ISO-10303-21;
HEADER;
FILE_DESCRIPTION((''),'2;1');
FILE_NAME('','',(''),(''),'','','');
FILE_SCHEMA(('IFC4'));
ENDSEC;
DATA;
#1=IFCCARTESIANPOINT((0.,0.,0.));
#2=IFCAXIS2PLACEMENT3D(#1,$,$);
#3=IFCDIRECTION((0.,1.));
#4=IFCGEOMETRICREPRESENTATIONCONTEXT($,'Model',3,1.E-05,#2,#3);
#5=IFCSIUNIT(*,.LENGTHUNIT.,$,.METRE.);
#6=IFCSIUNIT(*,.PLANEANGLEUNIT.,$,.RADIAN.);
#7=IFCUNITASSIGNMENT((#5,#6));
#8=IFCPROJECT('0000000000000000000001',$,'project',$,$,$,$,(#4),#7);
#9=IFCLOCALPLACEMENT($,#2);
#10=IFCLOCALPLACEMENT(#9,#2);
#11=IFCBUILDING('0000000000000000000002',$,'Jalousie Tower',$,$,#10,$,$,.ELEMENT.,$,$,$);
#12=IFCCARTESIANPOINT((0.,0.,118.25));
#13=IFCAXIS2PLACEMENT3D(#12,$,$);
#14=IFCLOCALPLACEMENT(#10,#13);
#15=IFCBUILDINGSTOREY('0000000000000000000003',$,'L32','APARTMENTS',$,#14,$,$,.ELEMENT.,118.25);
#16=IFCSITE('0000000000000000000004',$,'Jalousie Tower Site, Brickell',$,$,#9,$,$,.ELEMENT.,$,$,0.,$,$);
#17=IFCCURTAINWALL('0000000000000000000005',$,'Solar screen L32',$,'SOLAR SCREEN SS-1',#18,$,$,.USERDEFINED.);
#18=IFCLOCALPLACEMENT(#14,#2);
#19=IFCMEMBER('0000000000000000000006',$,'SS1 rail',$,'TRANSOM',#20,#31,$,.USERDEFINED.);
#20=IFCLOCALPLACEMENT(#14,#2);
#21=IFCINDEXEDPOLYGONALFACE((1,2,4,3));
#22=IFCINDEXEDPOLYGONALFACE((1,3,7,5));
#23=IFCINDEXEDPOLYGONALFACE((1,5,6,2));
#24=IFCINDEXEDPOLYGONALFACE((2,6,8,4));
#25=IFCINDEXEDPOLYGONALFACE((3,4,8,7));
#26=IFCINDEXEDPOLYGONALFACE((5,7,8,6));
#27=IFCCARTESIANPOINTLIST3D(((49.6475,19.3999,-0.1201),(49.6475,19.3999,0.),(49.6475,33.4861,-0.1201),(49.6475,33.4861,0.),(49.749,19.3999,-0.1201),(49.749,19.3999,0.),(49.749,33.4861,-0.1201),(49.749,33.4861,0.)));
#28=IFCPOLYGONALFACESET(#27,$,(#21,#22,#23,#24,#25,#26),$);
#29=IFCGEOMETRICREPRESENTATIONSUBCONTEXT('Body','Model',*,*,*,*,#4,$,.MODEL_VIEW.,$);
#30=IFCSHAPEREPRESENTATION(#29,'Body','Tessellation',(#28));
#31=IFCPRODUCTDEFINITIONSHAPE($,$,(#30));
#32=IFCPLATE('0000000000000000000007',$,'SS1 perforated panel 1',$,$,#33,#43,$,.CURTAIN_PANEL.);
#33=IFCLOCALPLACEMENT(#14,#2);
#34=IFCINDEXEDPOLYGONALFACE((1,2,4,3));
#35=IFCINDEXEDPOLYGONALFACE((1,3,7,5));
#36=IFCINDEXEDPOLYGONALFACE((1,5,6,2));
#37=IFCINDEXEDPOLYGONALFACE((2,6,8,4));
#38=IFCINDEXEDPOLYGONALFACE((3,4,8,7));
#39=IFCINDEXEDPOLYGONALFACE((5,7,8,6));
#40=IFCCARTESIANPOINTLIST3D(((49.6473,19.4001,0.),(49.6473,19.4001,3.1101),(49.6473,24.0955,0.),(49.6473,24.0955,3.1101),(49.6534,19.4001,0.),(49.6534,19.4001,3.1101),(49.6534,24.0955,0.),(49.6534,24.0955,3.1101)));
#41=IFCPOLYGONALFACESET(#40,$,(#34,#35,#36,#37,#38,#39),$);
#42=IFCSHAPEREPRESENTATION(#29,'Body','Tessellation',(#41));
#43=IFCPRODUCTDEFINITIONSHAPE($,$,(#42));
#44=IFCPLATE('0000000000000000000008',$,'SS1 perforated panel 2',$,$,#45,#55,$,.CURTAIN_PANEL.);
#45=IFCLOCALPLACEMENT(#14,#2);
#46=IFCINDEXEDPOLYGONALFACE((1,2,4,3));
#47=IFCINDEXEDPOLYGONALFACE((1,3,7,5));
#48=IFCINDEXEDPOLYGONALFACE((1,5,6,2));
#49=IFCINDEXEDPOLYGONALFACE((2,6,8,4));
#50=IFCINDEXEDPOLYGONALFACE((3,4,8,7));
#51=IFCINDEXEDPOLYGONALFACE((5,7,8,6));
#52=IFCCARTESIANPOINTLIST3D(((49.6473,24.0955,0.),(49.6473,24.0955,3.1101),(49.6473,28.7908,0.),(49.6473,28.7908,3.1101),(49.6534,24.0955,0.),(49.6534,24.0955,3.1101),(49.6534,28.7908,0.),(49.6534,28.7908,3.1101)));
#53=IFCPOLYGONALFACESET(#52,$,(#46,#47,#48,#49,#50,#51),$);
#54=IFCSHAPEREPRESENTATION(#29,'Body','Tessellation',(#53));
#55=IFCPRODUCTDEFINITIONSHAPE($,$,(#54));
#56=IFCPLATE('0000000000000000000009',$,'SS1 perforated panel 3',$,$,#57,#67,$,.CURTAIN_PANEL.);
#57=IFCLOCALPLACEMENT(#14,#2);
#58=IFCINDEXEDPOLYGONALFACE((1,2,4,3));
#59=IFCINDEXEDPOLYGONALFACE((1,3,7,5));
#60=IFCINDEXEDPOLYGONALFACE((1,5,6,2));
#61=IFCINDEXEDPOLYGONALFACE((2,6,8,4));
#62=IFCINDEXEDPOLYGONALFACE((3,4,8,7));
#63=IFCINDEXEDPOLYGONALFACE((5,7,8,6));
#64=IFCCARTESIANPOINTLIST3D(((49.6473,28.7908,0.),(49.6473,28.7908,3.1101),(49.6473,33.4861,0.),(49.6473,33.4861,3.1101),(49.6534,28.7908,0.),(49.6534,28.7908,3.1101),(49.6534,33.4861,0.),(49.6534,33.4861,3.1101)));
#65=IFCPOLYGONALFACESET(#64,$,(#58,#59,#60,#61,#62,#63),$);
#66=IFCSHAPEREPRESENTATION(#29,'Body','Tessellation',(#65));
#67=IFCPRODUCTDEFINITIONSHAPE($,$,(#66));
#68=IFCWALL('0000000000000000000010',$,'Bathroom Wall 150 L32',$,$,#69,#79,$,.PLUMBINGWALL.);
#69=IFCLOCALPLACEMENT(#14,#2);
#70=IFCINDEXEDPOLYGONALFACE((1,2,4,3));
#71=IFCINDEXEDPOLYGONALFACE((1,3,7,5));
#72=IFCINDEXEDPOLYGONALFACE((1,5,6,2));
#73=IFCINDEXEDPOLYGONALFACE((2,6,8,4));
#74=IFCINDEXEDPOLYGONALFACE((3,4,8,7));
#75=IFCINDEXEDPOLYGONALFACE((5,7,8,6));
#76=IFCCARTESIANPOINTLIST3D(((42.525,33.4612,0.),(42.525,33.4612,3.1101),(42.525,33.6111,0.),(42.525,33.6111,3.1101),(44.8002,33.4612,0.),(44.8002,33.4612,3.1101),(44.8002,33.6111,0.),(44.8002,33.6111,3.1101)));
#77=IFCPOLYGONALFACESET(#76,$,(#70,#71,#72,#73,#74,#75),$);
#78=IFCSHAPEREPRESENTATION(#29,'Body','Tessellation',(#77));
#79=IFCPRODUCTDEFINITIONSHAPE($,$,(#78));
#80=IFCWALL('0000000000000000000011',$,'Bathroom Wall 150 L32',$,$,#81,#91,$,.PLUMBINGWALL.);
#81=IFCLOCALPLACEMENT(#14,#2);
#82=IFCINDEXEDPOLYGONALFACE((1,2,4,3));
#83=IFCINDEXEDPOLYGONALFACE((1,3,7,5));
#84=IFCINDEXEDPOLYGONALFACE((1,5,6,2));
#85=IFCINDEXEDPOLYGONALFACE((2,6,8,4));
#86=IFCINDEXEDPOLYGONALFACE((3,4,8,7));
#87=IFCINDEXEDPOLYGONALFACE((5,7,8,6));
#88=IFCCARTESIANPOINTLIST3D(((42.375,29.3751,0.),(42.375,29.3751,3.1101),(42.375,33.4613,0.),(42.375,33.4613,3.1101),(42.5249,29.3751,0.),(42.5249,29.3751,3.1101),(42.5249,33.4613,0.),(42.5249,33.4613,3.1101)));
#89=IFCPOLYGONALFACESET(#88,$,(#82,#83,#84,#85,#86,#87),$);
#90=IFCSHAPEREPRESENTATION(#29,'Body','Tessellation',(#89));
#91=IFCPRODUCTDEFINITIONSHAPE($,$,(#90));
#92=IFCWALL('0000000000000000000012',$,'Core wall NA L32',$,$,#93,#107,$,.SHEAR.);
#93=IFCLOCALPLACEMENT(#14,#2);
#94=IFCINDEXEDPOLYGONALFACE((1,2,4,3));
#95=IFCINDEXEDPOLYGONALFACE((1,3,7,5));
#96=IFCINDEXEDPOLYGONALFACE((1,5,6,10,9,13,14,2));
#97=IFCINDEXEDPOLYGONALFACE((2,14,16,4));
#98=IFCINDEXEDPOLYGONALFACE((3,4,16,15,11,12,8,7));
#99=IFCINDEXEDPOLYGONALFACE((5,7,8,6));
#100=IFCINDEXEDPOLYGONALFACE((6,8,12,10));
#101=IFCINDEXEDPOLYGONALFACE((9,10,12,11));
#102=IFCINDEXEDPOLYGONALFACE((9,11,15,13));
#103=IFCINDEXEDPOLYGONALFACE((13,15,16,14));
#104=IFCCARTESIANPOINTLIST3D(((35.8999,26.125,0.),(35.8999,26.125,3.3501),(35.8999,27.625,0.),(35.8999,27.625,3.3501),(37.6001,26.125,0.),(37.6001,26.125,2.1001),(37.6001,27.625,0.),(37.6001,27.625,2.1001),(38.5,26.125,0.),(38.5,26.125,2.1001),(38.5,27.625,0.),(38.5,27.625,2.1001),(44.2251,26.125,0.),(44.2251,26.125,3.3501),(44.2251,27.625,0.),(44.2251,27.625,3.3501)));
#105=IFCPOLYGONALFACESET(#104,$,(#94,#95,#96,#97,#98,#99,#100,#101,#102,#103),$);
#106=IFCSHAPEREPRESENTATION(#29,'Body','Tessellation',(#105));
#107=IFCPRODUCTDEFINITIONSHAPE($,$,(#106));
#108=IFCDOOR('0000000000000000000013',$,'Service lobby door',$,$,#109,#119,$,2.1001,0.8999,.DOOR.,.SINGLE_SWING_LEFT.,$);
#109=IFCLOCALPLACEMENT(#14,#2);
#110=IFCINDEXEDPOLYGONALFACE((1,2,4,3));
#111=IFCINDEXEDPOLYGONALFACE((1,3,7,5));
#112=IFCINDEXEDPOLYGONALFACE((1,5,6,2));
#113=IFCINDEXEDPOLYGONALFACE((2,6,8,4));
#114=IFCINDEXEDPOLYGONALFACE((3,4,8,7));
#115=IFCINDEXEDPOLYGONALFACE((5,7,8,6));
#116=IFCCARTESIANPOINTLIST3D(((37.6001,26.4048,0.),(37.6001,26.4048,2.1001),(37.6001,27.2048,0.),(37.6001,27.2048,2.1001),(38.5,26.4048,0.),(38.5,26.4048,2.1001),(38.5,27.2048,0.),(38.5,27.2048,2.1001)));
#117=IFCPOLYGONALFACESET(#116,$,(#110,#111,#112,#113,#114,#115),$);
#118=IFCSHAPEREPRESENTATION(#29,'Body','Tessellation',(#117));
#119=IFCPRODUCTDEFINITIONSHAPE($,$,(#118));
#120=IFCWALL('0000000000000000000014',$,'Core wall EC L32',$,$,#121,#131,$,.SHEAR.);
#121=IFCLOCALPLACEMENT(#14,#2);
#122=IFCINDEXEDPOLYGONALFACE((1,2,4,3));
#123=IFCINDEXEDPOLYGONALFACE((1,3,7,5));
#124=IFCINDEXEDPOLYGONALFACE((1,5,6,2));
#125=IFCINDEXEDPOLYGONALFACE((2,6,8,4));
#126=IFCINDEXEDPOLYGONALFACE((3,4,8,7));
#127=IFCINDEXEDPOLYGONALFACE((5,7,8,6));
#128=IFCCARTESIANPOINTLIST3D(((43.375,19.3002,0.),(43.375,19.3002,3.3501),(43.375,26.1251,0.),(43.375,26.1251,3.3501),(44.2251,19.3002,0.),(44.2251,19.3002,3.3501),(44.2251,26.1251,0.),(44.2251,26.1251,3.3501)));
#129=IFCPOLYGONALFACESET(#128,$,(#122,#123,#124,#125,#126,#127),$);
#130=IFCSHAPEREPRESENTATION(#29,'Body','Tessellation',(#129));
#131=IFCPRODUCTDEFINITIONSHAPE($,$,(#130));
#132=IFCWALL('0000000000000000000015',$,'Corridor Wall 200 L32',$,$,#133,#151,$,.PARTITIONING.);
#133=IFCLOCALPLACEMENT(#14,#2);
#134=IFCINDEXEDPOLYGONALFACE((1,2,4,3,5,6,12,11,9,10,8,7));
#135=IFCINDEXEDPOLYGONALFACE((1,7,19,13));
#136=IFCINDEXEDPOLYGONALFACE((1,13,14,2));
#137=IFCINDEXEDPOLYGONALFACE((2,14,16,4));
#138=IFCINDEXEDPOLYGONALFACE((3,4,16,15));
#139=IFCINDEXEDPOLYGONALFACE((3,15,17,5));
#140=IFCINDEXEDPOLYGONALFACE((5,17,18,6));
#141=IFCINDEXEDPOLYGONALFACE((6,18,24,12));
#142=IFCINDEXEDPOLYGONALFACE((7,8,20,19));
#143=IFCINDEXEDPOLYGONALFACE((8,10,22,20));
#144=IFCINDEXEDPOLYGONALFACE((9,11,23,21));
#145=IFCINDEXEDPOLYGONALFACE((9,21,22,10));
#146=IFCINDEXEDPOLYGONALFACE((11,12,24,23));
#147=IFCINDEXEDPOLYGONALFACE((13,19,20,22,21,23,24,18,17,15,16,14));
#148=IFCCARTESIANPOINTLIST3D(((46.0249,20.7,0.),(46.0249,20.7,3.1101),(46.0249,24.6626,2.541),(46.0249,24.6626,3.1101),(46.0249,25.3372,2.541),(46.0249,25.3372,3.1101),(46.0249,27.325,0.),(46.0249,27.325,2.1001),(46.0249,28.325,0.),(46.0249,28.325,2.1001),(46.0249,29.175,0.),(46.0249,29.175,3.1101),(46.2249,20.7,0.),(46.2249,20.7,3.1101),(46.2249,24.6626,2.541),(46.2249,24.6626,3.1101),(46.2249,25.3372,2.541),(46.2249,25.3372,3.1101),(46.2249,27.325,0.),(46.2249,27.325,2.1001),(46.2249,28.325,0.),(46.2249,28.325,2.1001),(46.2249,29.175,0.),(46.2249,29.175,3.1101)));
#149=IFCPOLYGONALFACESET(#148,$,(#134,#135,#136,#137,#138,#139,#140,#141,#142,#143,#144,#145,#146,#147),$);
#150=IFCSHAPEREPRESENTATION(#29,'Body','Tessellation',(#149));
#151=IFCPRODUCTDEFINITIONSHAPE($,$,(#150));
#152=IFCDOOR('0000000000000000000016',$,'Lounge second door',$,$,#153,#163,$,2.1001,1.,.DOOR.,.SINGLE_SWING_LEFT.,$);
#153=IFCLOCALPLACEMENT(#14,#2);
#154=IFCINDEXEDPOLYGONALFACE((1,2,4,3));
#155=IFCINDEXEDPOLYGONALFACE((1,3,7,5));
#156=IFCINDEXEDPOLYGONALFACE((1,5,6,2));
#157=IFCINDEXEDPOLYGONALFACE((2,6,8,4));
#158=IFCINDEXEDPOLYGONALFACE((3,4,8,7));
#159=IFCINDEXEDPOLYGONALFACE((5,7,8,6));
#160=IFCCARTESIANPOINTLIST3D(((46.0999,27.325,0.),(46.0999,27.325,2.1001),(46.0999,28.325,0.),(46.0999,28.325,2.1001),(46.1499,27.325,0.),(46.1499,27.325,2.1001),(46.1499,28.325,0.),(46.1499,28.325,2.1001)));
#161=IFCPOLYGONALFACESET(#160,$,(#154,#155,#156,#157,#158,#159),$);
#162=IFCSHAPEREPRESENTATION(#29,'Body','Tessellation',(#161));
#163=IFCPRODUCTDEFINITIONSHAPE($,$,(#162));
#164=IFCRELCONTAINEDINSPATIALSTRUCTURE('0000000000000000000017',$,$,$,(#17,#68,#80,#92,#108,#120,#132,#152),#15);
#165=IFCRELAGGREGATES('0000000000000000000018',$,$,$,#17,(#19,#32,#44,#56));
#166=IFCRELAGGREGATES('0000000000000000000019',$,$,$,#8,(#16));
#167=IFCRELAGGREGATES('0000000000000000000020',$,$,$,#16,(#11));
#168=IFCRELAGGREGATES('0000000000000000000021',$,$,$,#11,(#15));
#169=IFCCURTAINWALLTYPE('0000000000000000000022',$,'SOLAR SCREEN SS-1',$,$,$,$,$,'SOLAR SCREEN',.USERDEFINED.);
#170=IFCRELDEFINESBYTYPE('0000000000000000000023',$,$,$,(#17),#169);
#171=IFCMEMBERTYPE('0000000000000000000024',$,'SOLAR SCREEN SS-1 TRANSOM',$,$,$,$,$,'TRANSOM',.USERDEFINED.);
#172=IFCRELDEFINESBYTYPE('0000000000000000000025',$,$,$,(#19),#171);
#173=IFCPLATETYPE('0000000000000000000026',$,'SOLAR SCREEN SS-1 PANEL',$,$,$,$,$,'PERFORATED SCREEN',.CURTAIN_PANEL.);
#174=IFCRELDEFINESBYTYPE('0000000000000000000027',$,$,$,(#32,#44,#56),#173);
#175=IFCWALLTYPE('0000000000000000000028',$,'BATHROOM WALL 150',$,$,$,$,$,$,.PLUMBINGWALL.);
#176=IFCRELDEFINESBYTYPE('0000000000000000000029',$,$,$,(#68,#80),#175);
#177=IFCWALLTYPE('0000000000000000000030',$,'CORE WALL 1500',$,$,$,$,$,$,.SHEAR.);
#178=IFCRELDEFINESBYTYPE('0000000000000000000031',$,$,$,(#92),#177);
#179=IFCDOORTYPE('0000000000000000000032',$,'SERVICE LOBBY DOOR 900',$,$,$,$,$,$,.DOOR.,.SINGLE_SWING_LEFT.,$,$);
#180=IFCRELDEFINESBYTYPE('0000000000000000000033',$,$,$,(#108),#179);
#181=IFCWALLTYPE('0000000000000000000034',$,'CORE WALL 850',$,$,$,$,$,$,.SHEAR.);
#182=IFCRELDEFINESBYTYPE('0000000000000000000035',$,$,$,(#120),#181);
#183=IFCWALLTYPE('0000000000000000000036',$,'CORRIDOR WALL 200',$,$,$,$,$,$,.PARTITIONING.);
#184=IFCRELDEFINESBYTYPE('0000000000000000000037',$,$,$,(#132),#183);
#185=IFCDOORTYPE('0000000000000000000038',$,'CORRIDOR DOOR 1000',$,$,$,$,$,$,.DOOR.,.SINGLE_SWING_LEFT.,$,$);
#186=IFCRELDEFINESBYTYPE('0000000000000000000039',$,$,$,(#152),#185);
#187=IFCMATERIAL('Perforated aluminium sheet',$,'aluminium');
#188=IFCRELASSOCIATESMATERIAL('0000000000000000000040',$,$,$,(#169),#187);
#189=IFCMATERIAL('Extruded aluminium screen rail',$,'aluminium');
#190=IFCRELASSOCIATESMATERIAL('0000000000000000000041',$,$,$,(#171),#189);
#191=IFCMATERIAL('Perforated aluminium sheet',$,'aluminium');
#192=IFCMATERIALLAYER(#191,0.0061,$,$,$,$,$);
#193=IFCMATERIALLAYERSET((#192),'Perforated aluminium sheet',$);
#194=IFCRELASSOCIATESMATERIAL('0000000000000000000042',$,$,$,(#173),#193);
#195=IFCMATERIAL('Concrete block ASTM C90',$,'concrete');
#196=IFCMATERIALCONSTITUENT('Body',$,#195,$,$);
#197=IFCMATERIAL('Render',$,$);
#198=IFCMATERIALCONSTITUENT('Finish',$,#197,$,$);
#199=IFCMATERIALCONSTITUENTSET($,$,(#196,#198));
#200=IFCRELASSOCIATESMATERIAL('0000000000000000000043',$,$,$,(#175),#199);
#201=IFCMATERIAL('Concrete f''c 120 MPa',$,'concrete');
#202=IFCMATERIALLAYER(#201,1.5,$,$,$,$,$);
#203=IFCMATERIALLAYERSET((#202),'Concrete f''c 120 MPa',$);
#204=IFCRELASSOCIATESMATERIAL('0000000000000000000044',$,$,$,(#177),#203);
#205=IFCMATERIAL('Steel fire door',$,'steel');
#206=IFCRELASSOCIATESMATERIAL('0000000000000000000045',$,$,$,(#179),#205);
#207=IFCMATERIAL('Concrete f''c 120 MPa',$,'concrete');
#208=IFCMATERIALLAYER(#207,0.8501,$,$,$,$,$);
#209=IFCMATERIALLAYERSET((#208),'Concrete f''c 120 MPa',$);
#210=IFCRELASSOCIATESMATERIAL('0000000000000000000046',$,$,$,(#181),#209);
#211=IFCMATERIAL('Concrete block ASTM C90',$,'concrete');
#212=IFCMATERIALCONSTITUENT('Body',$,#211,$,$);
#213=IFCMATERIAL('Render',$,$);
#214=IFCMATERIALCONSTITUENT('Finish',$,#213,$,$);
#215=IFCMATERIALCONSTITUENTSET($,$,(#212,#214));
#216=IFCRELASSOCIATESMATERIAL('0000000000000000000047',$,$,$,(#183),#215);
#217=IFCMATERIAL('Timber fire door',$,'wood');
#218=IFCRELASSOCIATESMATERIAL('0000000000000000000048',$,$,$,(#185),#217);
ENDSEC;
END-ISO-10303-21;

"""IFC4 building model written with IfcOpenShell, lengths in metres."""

from ifc_helpers import new_model, si_unit, direction, frame, frame_2d, origin, origin_2d, place, context, subcontext, project, spatial, polyline, rectangle, outline, extrude, material, layer, layer_set, constituent, constituent_set, material_profile, profile_set, type_object, element, fill, aggregate, save


model = new_model("IFC4")

# Units and contexts
model_context = context("Model", 3, precision=1e-05, world=origin(), true_north=direction((0.0, 1.0)))
body_context = subcontext(model_context, "Body", "Model", "MODEL_VIEW")
ifc_project = project(units=[si_unit("LENGTHUNIT", "METRE"), si_unit("PLANEANGLEUNIT", "RADIAN")], contexts=[model_context])

# Site, building, storey
site_placement = place(None, origin())
site = spatial("IfcSite", under=ifc_project, at=site_placement, Name="Jalousie Tower Site, Brickell", CompositionType="ELEMENT", RefElevation=0.0)
building_placement = place(site_placement, origin())
building = spatial("IfcBuilding", under=site, at=building_placement, Name="Jalousie Tower", CompositionType="ELEMENT")
storey_placement = place(building_placement, frame((0.0, 0.0, 118.25)))
storey = spatial("IfcBuildingStorey", under=building, at=storey_placement, Name="L32", Description="APARTMENTS", CompositionType="ELEMENT", Elevation=118.25)

# Curtain wall, member, plates
ifc_material_1 = material(Name="Perforated aluminium sheet", Category="aluminium")
curtain_wall_type = type_object("IfcCurtainWallType", Name="SOLAR SCREEN SS-1", ElementType="SOLAR SCREEN", PredefinedType="USERDEFINED", material=ifc_material_1)
curtain_wall_placement = place(storey_placement, origin())
curtain_wall = element("IfcCurtainWall", 1, at=curtain_wall_placement, inside=storey, type_object=curtain_wall_type, Name="Solar screen L32", ObjectType="SOLAR SCREEN SS-1", PredefinedType="USERDEFINED")
ifc_material_2 = material(Name="Extruded aluminium screen rail", Category="aluminium")
ifc_material_profile_1 = material_profile(ifc_material_2, rectangle(XDim=0.1016, YDim=0.1201, at=origin_2d()), Name="RAIL 102x120")
ifc_profile_set_1 = profile_set([ifc_material_profile_1], Name="Extruded aluminium screen rail")
member_type_1 = type_object("IfcMemberType", Name="SOLAR SCREEN SS-1 TRANSOM", ElementType="TRANSOM", PredefinedType="USERDEFINED", material=ifc_profile_set_1)
member_1_placement = place(storey_placement, frame((49.6982, 19.3999, -0.0601), z_axis=(0.0, 1.0, 0.0), x_axis=(-1.0, 0.0, 0.0)))
member_1 = element("IfcMember", 2, at=member_1_placement, type_object=member_type_1, Name="SS1 rail", ObjectType="TRANSOM", PredefinedType="USERDEFINED", context=body_context, shape_type="SweptSolid", body=[
    extrude(rectangle(XDim=0.1016, YDim=0.1201, at=origin_2d()), origin(), (0.0, 0.0, 1.0), 14.0862),
])
ifc_material_3 = material(Name="Perforated aluminium sheet", Category="aluminium")
ifc_layer_1 = layer(ifc_material_3, 0.0061)
ifc_layer_set_1 = layer_set([ifc_layer_1], Name="Perforated aluminium sheet")
plate_type = type_object("IfcPlateType", Name="SOLAR SCREEN SS-1 PANEL", ElementType="PERFORATED SCREEN", PredefinedType="CURTAIN_PANEL", material=ifc_layer_set_1)
plate_1_placement = place(storey_placement, frame((49.6504, 21.7478, 0.0), z_axis=(0.0, 0.0, 1.0), x_axis=(0.0, 1.0, 0.0)))
plate_1 = element("IfcPlate", 3, at=plate_1_placement, type_object=plate_type, Name="SS1 perforated panel 1", PredefinedType="CURTAIN_PANEL", context=body_context, shape_type="SweptSolid", body=[
    extrude(rectangle(XDim=4.6953, YDim=0.0061, at=origin_2d()), origin(), (0.0, 0.0, 1.0), 3.1101),
])
plate_2_placement = place(storey_placement, frame((49.6504, 26.4431, 0.0), z_axis=(0.0, 0.0, 1.0), x_axis=(0.0, 1.0, 0.0)))
plate_2 = element("IfcPlate", 4, at=plate_2_placement, type_object=plate_type, Name="SS1 perforated panel 2", PredefinedType="CURTAIN_PANEL", context=body_context, shape_type="SweptSolid", body=[
    extrude(rectangle(XDim=4.6953, YDim=0.0061, at=origin_2d()), origin(), (0.0, 0.0, 1.0), 3.1101),
])
plate_3_placement = place(storey_placement, frame((49.6504, 31.1384, 0.0), z_axis=(0.0, 0.0, 1.0), x_axis=(0.0, 1.0, 0.0)))
plate_3 = element("IfcPlate", 5, at=plate_3_placement, type_object=plate_type, Name="SS1 perforated panel 3", PredefinedType="CURTAIN_PANEL", context=body_context, shape_type="SweptSolid", body=[
    extrude(rectangle(XDim=4.6953, YDim=0.0061, at=origin_2d()), origin(), (0.0, 0.0, 1.0), 3.1101),
])
aggregate(curtain_wall, [member_1, plate_1, plate_2, plate_3])

# Walls
ifc_material_4 = material(Name="Concrete block ASTM C90", Category="concrete")
ifc_constituent_1 = constituent(ifc_material_4, Name="Body")
ifc_material_5 = material(Name="Render")
ifc_constituent_2 = constituent(ifc_material_5, Name="Finish")
ifc_constituent_set_1 = constituent_set(constituents=[ifc_constituent_1, ifc_constituent_2])
wall_type_1 = type_object("IfcWallType", Name="BATHROOM WALL 150", PredefinedType="PLUMBINGWALL", material=ifc_constituent_set_1)
wall_1_placement = place(storey_placement, frame((42.5249, 33.5361, 0.0), z_axis=(0.0, 0.0, 1.0), x_axis=(1.0, 0.0, 0.0)))
element("IfcWall", 6, at=wall_1_placement, inside=storey, type_object=wall_type_1, Name="Bathroom Wall 150 L32", PredefinedType="PLUMBINGWALL", context=body_context, shape_type="SweptSolid", body=[
    extrude(rectangle(XDim=2.2751, YDim=0.1499, at=frame_2d((1.1377, 0.0))), origin(), (0.0, 0.0, 1.0), 3.1101),
])
wall_2_placement = place(storey_placement, frame((42.45, 33.4612, 0.0), z_axis=(0.0, 0.0, 1.0), x_axis=(0.0, -1.0, 0.0)))
element("IfcWall", 7, at=wall_2_placement, inside=storey, type_object=wall_type_1, Name="Bathroom Wall 150 L32", PredefinedType="PLUMBINGWALL", context=body_context, shape_type="SweptSolid", body=[
    extrude(rectangle(XDim=4.0862, YDim=0.1499, at=frame_2d((2.043, 0.0))), origin(), (0.0, 0.0, 1.0), 3.1101),
])

# Wall, opening, door
ifc_material_6 = material(Name="Concrete f'c 120 MPa", Category="concrete")
ifc_layer_2 = layer(ifc_material_6, 1.5)
ifc_layer_set_2 = layer_set([ifc_layer_2], Name="Concrete f'c 120 MPa")
wall_type_2 = type_object("IfcWallType", Name="CORE WALL 1500", PredefinedType="SHEAR", material=ifc_layer_set_2)
wall_3_placement = place(storey_placement, frame((44.2251, 26.875, 0.0), z_axis=(0.0, 0.0, 1.0), x_axis=(-1.0, 0.0, 0.0)))
wall_3 = element("IfcWall", 8, at=wall_3_placement, inside=storey, type_object=wall_type_2, Name="Core wall NA L32", PredefinedType="SHEAR", context=body_context, shape_type="SweptSolid", body=[
    extrude(rectangle(XDim=8.3252, YDim=1.5, at=frame_2d((4.1626, 0.0))), origin(), (0.0, 0.0, 1.0), 3.3501),
])
opening_1_placement = place(wall_3_placement, frame((5.7251, 0.0, 0.0)))
opening_1 = element("IfcOpeningElement", 9, at=opening_1_placement, cuts=wall_3, PredefinedType="OPENING", context=body_context, shape_type="SweptSolid", body=[
    extrude(rectangle(XDim=0.8999, YDim=2.1001, at=frame_2d((0.45, 1.05))), frame((0.0, 0.76, 0.0), z_axis=(0.0, -1.0, 0.0), x_axis=(1.0, 0.0, 0.0)), (0.0, 0.0, 1.0), 1.52),
])
ifc_material_7 = material(Name="Steel fire door", Category="steel")
door_type_1 = type_object("IfcDoorType", Name="SERVICE LOBBY DOOR 900", OperationType="SINGLE_SWING_LEFT", PredefinedType="DOOR", material=ifc_material_7)
door_1_placement = place(opening_1_placement, origin())
door_1 = element("IfcDoor", 10, at=door_1_placement, inside=storey, type_object=door_type_1, Name="Service lobby door", OperationType="SINGLE_SWING_LEFT", OverallHeight=2.1001, OverallWidth=0.8999, PredefinedType="DOOR", context=body_context, shape_type="SweptSolid", body=[
    extrude(rectangle(XDim=0.8999, YDim=2.1001, at=frame_2d((0.45, 1.05))), frame((0.0, 0.4702, 0.0), z_axis=(0.0, -1.0, 0.0), x_axis=(1.0, 0.0, 0.0)), (0.0, 0.0, 1.0), 0.8),
])
fill(opening_1, door_1)

# Wall
ifc_material_8 = material(Name="Concrete f'c 120 MPa", Category="concrete")
ifc_layer_3 = layer(ifc_material_8, 0.8501)
ifc_layer_set_3 = layer_set([ifc_layer_3], Name="Concrete f'c 120 MPa")
wall_type_3 = type_object("IfcWallType", Name="CORE WALL 850", PredefinedType="SHEAR", material=ifc_layer_set_3)
wall_4_placement = place(storey_placement, frame((43.8, 19.3, 0.0), z_axis=(0.0, 0.0, 1.0), x_axis=(0.0, 1.0, 0.0)))
element("IfcWall", 11, at=wall_4_placement, inside=storey, type_object=wall_type_3, Name="Core wall EC L32", PredefinedType="SHEAR", context=body_context, shape_type="SweptSolid", body=[
    extrude(rectangle(XDim=6.825, YDim=0.8501, at=frame_2d((3.4126, 0.0))), origin(), (0.0, 0.0, 1.0), 3.3501),
])

# Wall, opening, door
ifc_material_9 = material(Name="Concrete block ASTM C90", Category="concrete")
ifc_constituent_3 = constituent(ifc_material_9, Name="Body")
ifc_material_10 = material(Name="Render")
ifc_constituent_4 = constituent(ifc_material_10, Name="Finish")
ifc_constituent_set_2 = constituent_set(constituents=[ifc_constituent_3, ifc_constituent_4])
wall_type_4 = type_object("IfcWallType", Name="CORRIDOR WALL 200", PredefinedType="PARTITIONING", material=ifc_constituent_set_2)
wall_5_placement = place(storey_placement, frame((46.125, 20.7, 0.0), z_axis=(0.0, 0.0, 1.0), x_axis=(0.0, 1.0, 0.0)))
wall_5 = element("IfcWall", 12, at=wall_5_placement, inside=storey, type_object=wall_type_4, Name="Corridor Wall 200 L32", PredefinedType="PARTITIONING", context=body_context, shape_type="SweptSolid", body=[
    extrude(outline(polyline([(0.0, 0.0), (8.4751, 0.0), (8.4751, 3.1101), (4.6372, 3.1101), (4.6372, 2.541), (3.9626, 2.541), (3.9626, 3.1101), (0.0, 3.1101), (0.0, 0.0)])), frame((0.0, 0.1001, 0.0), z_axis=(0.0, -1.0, 0.0), x_axis=(1.0, 0.0, 0.0)), (0.0, 0.0, 1.0), 0.2),
])
opening_2_placement = place(wall_5_placement, frame((6.625, 0.0, 0.0)))
opening_2 = element("IfcOpeningElement", 13, at=opening_2_placement, cuts=wall_5, PredefinedType="OPENING", context=body_context, shape_type="SweptSolid", body=[
    extrude(rectangle(XDim=1.0, YDim=2.1001, at=frame_2d((0.5, 1.05))), frame((0.0, 0.1099, 0.0), z_axis=(0.0, -1.0, 0.0), x_axis=(1.0, 0.0, 0.0)), (0.0, 0.0, 1.0), 0.22),
])
ifc_material_11 = material(Name="Timber fire door", Category="wood")
door_type_2 = type_object("IfcDoorType", Name="CORRIDOR DOOR 1000", OperationType="SINGLE_SWING_LEFT", PredefinedType="DOOR", material=ifc_material_11)
door_2_placement = place(opening_2_placement, frame((1.0, 0.0, 0.0), z_axis=(0.0, 0.0, 1.0), x_axis=(-1.0, 0.0, 0.0)))
door_2 = element("IfcDoor", 14, at=door_2_placement, inside=storey, type_object=door_type_2, Name="Lounge second door", OperationType="SINGLE_SWING_LEFT", OverallHeight=2.1001, OverallWidth=1.0, PredefinedType="DOOR", context=body_context, shape_type="SweptSolid", body=[
    extrude(rectangle(XDim=1.0, YDim=2.1001, at=frame_2d((0.5, 1.05))), frame((0.0, 0.0249, 0.0), z_axis=(0.0, -1.0, 0.0), x_axis=(1.0, 0.0, 0.0)), (0.0, 0.0, 1.0), 0.05),
])
fill(opening_2, door_2)

save(model, "model.ifc")
